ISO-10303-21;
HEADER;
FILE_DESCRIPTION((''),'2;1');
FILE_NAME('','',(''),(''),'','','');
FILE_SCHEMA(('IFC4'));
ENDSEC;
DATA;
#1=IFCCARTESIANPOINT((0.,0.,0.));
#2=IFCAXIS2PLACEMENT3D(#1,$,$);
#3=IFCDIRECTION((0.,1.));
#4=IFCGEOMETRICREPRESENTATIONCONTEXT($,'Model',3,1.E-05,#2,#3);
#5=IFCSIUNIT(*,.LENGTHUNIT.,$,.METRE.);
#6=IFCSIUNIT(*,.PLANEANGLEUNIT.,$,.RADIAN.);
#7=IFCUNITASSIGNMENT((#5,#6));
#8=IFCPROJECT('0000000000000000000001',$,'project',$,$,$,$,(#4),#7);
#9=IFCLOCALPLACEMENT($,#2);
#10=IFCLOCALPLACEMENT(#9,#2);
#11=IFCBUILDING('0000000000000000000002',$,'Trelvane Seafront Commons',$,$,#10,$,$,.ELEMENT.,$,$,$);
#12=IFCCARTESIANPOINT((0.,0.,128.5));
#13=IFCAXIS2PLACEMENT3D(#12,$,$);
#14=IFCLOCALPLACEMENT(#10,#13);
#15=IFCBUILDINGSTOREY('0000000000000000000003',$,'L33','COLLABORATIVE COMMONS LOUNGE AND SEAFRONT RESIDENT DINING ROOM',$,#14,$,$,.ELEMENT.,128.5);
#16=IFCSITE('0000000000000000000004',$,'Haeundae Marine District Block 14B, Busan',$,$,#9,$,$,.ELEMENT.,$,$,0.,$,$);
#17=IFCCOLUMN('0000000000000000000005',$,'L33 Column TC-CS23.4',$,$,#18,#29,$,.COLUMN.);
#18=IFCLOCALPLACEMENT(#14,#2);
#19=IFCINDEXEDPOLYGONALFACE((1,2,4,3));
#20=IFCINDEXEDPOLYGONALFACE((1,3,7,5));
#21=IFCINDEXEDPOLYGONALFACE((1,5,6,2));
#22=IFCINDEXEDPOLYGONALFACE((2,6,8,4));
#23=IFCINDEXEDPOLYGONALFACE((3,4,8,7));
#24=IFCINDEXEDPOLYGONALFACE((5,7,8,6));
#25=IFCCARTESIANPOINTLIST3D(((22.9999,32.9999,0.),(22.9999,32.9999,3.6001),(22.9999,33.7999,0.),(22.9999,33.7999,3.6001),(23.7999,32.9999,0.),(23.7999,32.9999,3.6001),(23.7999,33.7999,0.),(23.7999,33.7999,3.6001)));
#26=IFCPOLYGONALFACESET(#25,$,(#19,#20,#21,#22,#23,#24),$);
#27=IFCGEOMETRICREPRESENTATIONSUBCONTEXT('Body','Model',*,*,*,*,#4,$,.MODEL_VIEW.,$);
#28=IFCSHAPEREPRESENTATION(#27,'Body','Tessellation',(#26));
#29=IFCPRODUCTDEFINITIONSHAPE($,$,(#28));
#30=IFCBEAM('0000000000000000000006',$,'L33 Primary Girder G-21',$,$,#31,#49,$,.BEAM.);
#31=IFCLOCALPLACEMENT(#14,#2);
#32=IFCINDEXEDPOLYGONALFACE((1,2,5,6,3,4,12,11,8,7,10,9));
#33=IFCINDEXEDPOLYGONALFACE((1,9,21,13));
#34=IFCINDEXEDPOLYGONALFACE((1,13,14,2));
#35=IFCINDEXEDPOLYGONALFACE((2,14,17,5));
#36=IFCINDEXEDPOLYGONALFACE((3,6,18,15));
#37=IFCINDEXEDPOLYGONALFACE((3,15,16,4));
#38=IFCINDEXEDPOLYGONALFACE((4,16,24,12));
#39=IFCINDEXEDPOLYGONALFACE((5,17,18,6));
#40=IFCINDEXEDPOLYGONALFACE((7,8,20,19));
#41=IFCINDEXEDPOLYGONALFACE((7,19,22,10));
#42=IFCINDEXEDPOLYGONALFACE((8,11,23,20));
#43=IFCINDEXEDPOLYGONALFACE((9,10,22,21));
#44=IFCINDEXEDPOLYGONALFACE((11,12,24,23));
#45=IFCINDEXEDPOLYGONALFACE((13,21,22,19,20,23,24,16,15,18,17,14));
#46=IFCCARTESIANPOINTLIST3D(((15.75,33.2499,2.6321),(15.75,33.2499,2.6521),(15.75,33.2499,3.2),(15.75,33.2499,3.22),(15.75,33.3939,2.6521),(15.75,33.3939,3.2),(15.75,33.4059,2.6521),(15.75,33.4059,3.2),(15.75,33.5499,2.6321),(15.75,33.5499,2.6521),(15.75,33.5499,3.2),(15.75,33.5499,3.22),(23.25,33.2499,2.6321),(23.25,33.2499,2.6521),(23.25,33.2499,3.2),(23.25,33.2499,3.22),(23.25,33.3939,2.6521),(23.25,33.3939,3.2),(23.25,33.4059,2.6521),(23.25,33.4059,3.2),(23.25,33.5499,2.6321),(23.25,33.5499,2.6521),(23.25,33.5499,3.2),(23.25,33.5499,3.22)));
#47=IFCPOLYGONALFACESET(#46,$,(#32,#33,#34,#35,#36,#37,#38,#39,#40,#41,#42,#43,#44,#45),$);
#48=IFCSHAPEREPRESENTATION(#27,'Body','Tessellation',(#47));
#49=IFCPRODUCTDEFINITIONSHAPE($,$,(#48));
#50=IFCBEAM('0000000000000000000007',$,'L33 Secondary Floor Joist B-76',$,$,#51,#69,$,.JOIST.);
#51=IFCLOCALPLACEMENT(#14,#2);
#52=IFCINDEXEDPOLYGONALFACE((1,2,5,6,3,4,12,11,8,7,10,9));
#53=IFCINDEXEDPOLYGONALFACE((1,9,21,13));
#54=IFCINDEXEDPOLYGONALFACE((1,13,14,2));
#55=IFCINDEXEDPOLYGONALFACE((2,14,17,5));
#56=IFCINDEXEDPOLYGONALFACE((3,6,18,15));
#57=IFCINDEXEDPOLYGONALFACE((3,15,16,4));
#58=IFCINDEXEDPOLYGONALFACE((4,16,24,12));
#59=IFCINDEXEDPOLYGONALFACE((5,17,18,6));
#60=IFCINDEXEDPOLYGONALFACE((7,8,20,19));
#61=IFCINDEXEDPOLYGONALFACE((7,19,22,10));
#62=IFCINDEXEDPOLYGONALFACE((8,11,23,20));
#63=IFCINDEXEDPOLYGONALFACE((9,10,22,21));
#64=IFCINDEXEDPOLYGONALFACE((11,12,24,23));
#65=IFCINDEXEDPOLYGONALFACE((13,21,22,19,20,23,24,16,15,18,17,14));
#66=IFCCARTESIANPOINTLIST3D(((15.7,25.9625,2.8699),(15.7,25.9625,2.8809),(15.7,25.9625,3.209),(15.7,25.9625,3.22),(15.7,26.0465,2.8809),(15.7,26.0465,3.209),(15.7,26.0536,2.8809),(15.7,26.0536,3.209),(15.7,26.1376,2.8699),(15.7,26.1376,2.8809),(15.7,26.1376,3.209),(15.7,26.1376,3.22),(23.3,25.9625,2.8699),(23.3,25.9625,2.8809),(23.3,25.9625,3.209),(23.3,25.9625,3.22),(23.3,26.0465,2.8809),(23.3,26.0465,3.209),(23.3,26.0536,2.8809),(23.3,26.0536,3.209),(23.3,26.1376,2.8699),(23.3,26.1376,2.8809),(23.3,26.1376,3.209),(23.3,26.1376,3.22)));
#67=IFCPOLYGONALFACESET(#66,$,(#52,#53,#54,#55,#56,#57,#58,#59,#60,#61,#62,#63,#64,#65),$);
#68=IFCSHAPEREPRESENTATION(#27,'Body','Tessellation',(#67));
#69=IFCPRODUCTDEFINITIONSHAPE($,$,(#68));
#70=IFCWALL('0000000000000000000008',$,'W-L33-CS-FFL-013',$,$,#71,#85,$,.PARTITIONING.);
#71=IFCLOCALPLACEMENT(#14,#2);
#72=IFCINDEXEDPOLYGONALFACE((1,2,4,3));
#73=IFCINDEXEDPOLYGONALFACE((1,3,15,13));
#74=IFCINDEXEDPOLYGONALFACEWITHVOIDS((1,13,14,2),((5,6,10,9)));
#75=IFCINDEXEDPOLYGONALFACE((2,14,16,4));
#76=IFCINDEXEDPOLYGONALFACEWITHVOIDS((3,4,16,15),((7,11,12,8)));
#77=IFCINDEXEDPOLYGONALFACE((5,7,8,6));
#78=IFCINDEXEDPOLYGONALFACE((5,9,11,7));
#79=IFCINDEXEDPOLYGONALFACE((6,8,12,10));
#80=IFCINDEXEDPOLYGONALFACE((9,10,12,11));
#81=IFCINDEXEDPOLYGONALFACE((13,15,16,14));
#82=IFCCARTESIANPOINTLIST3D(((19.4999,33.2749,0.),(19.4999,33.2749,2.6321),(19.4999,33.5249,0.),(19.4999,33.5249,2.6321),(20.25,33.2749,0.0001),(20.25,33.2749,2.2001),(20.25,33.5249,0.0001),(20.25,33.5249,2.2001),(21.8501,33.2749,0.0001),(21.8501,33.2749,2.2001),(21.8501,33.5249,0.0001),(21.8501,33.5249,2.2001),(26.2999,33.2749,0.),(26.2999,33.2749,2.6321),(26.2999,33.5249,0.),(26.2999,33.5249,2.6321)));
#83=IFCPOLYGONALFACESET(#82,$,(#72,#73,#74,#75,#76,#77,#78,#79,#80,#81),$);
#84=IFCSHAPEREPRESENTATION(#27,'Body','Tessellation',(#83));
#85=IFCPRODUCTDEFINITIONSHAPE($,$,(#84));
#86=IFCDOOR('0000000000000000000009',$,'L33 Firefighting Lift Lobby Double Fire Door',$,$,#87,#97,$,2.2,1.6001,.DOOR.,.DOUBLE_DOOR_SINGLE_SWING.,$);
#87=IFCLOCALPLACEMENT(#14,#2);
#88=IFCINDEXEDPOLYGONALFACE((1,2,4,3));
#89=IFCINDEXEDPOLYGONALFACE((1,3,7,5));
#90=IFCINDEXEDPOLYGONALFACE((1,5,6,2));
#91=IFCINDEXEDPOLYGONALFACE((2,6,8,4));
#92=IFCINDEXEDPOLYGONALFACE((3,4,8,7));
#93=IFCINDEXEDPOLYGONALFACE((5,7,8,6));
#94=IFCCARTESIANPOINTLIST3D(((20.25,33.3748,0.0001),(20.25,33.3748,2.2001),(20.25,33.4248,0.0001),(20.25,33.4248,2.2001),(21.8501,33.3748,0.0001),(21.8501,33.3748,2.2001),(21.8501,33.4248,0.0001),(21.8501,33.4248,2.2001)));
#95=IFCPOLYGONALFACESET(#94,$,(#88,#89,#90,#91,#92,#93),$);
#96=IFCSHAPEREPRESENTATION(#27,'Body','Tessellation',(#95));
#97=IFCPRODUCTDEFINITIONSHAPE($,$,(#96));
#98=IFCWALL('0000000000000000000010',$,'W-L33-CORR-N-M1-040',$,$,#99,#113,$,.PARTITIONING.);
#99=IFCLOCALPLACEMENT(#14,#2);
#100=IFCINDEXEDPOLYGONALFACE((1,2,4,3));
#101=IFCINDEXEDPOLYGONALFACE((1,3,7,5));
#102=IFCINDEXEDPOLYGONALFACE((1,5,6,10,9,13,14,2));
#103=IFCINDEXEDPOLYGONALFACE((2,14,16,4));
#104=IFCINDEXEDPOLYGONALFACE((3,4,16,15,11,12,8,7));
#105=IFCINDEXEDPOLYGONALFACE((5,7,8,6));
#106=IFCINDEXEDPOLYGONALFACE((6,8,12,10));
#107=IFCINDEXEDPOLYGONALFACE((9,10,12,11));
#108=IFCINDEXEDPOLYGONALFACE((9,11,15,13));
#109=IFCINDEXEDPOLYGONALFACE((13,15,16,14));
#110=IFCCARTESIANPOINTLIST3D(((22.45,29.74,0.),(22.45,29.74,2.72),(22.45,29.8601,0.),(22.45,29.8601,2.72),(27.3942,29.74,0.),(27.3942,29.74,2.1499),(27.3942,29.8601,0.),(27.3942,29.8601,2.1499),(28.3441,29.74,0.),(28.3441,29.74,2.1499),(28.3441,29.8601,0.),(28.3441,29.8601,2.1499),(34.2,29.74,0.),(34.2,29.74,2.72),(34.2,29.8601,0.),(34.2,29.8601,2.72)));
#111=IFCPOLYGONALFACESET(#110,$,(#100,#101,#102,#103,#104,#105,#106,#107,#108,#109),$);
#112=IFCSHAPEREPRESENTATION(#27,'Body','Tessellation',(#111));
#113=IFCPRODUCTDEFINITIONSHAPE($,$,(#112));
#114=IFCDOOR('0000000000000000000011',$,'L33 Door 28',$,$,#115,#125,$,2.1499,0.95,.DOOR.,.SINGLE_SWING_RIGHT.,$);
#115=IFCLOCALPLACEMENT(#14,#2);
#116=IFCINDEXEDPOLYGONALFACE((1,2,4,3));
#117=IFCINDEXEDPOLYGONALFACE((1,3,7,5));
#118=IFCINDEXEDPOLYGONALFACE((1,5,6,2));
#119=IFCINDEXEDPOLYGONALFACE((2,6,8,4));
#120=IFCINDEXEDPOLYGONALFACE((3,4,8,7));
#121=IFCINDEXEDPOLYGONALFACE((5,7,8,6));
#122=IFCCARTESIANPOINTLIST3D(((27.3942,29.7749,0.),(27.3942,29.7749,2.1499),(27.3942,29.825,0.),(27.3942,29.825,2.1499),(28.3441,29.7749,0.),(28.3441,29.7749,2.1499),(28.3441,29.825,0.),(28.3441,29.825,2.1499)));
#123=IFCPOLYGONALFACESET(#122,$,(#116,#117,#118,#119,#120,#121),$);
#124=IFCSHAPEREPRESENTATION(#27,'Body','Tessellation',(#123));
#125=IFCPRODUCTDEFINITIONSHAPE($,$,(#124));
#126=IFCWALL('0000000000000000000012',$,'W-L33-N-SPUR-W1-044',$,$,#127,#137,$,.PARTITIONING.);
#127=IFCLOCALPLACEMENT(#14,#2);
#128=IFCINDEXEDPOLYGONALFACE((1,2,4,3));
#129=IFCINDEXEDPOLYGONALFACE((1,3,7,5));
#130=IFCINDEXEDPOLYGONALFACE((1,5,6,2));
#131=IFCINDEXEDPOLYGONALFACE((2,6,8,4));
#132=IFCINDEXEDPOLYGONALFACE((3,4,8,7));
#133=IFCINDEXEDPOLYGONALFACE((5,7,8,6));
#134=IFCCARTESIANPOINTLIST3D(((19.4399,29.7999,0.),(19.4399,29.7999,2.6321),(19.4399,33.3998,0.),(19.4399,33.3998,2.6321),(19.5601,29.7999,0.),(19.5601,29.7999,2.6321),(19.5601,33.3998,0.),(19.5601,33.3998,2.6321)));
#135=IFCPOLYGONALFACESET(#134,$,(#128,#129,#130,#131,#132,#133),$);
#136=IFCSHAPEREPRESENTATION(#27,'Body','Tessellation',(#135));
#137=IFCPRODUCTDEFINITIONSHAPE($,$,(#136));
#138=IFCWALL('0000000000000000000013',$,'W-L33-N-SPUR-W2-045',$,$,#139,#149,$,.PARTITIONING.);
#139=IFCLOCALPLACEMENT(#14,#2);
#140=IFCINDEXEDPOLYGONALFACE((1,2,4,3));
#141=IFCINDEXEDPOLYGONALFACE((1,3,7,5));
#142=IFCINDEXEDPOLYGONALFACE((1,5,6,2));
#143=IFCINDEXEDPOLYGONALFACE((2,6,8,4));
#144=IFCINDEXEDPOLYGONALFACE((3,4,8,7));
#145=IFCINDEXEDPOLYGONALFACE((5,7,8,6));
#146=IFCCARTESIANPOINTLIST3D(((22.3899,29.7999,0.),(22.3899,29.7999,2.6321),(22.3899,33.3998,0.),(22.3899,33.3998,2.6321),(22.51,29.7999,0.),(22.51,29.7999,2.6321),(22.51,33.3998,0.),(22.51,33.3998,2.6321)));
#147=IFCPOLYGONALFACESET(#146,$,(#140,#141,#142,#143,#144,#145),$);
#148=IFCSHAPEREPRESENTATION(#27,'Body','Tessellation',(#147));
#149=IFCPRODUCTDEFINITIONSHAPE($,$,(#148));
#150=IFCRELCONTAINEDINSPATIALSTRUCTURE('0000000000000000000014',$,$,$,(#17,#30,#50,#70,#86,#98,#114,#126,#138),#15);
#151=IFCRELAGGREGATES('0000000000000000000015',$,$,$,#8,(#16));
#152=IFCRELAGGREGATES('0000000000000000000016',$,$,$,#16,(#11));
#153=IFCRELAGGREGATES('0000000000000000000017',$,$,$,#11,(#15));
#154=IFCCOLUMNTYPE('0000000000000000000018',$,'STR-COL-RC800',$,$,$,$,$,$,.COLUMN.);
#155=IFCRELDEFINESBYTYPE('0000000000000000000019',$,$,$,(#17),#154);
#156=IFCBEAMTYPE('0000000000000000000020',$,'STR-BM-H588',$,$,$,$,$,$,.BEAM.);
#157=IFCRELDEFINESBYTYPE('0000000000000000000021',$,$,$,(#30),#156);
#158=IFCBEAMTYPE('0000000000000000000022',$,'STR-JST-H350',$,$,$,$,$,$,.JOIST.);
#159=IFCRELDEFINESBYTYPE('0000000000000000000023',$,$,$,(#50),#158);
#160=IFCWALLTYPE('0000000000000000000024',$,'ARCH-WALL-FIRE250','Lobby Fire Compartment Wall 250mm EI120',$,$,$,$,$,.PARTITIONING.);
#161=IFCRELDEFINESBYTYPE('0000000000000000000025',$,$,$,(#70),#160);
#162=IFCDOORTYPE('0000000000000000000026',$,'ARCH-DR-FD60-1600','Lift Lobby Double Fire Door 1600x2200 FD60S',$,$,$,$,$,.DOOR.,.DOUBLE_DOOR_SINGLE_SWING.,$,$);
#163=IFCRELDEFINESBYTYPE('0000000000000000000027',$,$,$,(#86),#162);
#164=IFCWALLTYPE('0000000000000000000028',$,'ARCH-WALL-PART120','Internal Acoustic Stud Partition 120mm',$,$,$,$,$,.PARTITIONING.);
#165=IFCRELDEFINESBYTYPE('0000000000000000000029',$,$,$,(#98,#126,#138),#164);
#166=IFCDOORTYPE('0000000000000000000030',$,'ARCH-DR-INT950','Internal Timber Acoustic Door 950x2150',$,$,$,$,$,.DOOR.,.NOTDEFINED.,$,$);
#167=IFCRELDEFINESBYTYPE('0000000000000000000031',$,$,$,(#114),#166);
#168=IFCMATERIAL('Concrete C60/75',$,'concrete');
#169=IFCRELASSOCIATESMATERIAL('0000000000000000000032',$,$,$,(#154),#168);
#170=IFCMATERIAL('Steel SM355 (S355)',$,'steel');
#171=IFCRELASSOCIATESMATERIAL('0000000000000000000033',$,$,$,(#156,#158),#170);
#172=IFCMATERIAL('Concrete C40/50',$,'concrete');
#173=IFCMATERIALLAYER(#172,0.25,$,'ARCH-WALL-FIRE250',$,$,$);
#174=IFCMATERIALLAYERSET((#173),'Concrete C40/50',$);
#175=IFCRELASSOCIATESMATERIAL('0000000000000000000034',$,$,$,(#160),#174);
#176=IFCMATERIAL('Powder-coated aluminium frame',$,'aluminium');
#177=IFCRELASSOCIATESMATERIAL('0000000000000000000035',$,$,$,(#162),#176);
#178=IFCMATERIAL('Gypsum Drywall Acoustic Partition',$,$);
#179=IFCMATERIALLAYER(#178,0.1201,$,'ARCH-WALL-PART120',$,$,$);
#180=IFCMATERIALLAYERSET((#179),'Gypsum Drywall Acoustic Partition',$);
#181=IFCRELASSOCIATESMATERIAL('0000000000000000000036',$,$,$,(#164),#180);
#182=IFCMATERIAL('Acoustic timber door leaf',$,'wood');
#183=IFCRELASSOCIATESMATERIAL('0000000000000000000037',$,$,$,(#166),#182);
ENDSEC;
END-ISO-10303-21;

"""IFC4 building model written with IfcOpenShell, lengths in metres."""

from ifc_helpers import new_model, si_unit, direction, frame, frame_2d, origin, origin_2d, place, context, subcontext, project, spatial, rectangle, i_section, extrude, source, transform, mapped, material, layer, layer_set, material_profile, profile_set, type_object, element, fill, save


model = new_model("IFC4")

# Units and contexts
model_context = context("Model", 3, precision=1e-05, world=origin(), true_north=direction((0.0, 1.0)))
body_context = subcontext(model_context, "Body", "Model", "MODEL_VIEW")
ifc_project = project(units=[si_unit("LENGTHUNIT", "METRE"), si_unit("PLANEANGLEUNIT", "RADIAN")], contexts=[model_context])

# Site, building, storey
site_placement = place(None, origin())
site = spatial("IfcSite", under=ifc_project, at=site_placement, Name="Haeundae Marine District Block 14B, Busan", CompositionType="ELEMENT", RefElevation=0.0)
building_placement = place(site_placement, origin())
building = spatial("IfcBuilding", under=site, at=building_placement, Name="Trelvane Seafront Commons", CompositionType="ELEMENT")
storey_placement = place(building_placement, frame((0.0, 0.0, 128.5)))
storey = spatial("IfcBuildingStorey", under=building, at=storey_placement, Name="L33", Description="COLLABORATIVE COMMONS LOUNGE AND SEAFRONT RESIDENT DINING ROOM", CompositionType="ELEMENT", Elevation=128.5)

# Column
ifc_material_1 = material(Name="Concrete C60/75", Category="concrete")
ifc_material_profile_1 = material_profile(ifc_material_1, rectangle(XDim=0.8, YDim=0.8, at=origin_2d()), Name="RC-800x800")
ifc_profile_set_1 = profile_set([ifc_material_profile_1], Name="Concrete C60/75")
column_type = type_object("IfcColumnType", Name="STR-COL-RC800", PredefinedType="COLUMN", material=ifc_profile_set_1)
shared_shape_1 = source(origin(), body_context, "Body", "SweptSolid", [
    extrude(rectangle(XDim=0.8, YDim=0.8, at=origin_2d()), origin(), (0.0, 0.0, 1.0), 3.6001),
])
column_placement = place(storey_placement, frame((23.3999, 33.3999, 0.0), z_axis=(0.0, 0.0, 1.0), x_axis=(1.0, 0.0, 0.0)))
element("IfcColumn", 1, at=column_placement, inside=storey, type_object=column_type, Name="L33 Column TC-CS23.4", PredefinedType="COLUMN", context=body_context, shape_type="MappedRepresentation", body=[
    mapped(shared_shape_1, transform((0.0, 0.0, 0.0), x_axis=(1.0, 0.0, 0.0), y_axis=(0.0, 1.0, 0.0), z_axis=(0.0, 0.0, 1.0), scale=1.0)),
])

# Beams
ifc_material_2 = material(Name="Steel SM355 (S355)", Category="steel")
ifc_material_profile_2 = material_profile(ifc_material_2, i_section(OverallWidth=0.3, OverallDepth=0.5879, WebThickness=0.012, FlangeThickness=0.02, at=origin_2d()), Name="H-588x300x12x20")
ifc_profile_set_2 = profile_set([ifc_material_profile_2], Name="Steel SM355 (S355)")
beam_type_1 = type_object("IfcBeamType", Name="STR-BM-H588", PredefinedType="BEAM", material=ifc_profile_set_2)
shared_shape_2 = source(origin(), body_context, "Body", "SweptSolid", [
    extrude(i_section(OverallWidth=0.3, OverallDepth=0.5879, WebThickness=0.012, FlangeThickness=0.02, at=origin_2d()), origin(), (0.0, 0.0, 1.0), 7.5),
])
beam_1_placement = place(storey_placement, frame((15.75, 33.3999, 2.926), z_axis=(1.0, 0.0, 0.0), x_axis=(0.0, 1.0, 0.0)))
element("IfcBeam", 2, at=beam_1_placement, inside=storey, type_object=beam_type_1, Name="L33 Primary Girder G-21", PredefinedType="BEAM", context=body_context, shape_type="MappedRepresentation", body=[
    mapped(shared_shape_2, transform((0.0, 0.0, 0.0), x_axis=(1.0, 0.0, 0.0), y_axis=(0.0, 1.0, 0.0), z_axis=(0.0, 0.0, 1.0), scale=1.0)),
])
ifc_material_profile_3 = material_profile(ifc_material_2, i_section(OverallWidth=0.175, OverallDepth=0.3501, WebThickness=0.0071, FlangeThickness=0.011, at=origin_2d()), Name="H-350x175x7x11")
ifc_profile_set_3 = profile_set([ifc_material_profile_3], Name="Steel SM355 (S355)")
beam_type_2 = type_object("IfcBeamType", Name="STR-JST-H350", PredefinedType="JOIST", material=ifc_profile_set_3)
shared_shape_3 = source(origin(), body_context, "Body", "SweptSolid", [
    extrude(i_section(OverallWidth=0.175, OverallDepth=0.3501, WebThickness=0.0071, FlangeThickness=0.011, at=origin_2d()), origin(), (0.0, 0.0, 1.0), 7.6001),
])
beam_2_placement = place(storey_placement, frame((15.7, 26.05, 3.0449), z_axis=(1.0, 0.0, 0.0), x_axis=(0.0, 1.0, 0.0)))
element("IfcBeam", 3, at=beam_2_placement, inside=storey, type_object=beam_type_2, Name="L33 Secondary Floor Joist B-76", PredefinedType="JOIST", context=body_context, shape_type="MappedRepresentation", body=[
    mapped(shared_shape_3, transform((0.0, 0.0, 0.0), x_axis=(1.0, 0.0, 0.0), y_axis=(0.0, 1.0, 0.0), z_axis=(0.0, 0.0, 1.0), scale=1.0)),
])

# Walls, openings, doors
ifc_material_3 = material(Name="Concrete C40/50", Category="concrete")
ifc_layer_1 = layer(ifc_material_3, 0.25, Name="ARCH-WALL-FIRE250")
ifc_layer_set_1 = layer_set([ifc_layer_1], Name="Concrete C40/50")
wall_type_1 = type_object("IfcWallType", Name="ARCH-WALL-FIRE250", Description="Lobby Fire Compartment Wall 250mm EI120", PredefinedType="PARTITIONING", material=ifc_layer_set_1)
wall_1_placement = place(storey_placement, frame((19.5, 33.3999, 0.0), z_axis=(0.0, 0.0, 1.0), x_axis=(1.0, 0.0, 0.0)))
wall_1 = element("IfcWall", 4, at=wall_1_placement, inside=storey, type_object=wall_type_1, Name="W-L33-CS-FFL-013", PredefinedType="PARTITIONING", context=body_context, shape_type="SweptSolid", body=[
    extrude(rectangle(XDim=6.8, YDim=0.25, at=frame_2d((3.3999, 0.0))), origin(), (0.0, 0.0, 1.0), 2.6321),
])
opening_1_placement = place(wall_1_placement, frame((0.75, 0.0, 0.0)))
opening_1 = element("IfcOpeningElement", 5, at=opening_1_placement, cuts=wall_1, PredefinedType="OPENING", context=body_context, shape_type="SweptSolid", body=[
    extrude(rectangle(XDim=1.6001, YDim=2.2, at=frame_2d((0.8, 1.1001))), frame((0.0, 0.135, 0.0), z_axis=(0.0, -1.0, 0.0), x_axis=(1.0, 0.0, 0.0)), (0.0, 0.0, 1.0), 0.27),
])
ifc_material_4 = material(Name="Powder-coated aluminium frame", Category="aluminium")
door_type_1 = type_object("IfcDoorType", Name="ARCH-DR-FD60-1600", Description="Lift Lobby Double Fire Door 1600x2200 FD60S", OperationType="DOUBLE_DOOR_SINGLE_SWING", PredefinedType="DOOR", material=ifc_material_4)
shared_shape_4 = source(origin(), body_context, "Body", "SweptSolid", [
    extrude(rectangle(XDim=1.6001, YDim=2.2, at=frame_2d((0.8, 1.1001))), frame((0.0, 0.0249, 0.0), z_axis=(0.0, -1.0, 0.0), x_axis=(1.0, 0.0, 0.0)), (0.0, 0.0, 1.0), 0.05),
])
door_1_placement = place(opening_1_placement, origin())
door_1 = element("IfcDoor", 6, at=door_1_placement, inside=storey, type_object=door_type_1, Name="L33 Firefighting Lift Lobby Double Fire Door", OperationType="DOUBLE_DOOR_SINGLE_SWING", OverallHeight=2.2, OverallWidth=1.6001, PredefinedType="DOOR", context=body_context, shape_type="MappedRepresentation", body=[
    mapped(shared_shape_4, transform((0.0, 0.0, 0.0), x_axis=(1.0, 0.0, 0.0), y_axis=(0.0, 1.0, 0.0), z_axis=(0.0, 0.0, 1.0), scale=1.0)),
])
fill(opening_1, door_1)
ifc_material_5 = material(Name="Gypsum Drywall Acoustic Partition")
ifc_layer_2 = layer(ifc_material_5, 0.1201, Name="ARCH-WALL-PART120")
ifc_layer_set_2 = layer_set([ifc_layer_2], Name="Gypsum Drywall Acoustic Partition")
wall_type_2 = type_object("IfcWallType", Name="ARCH-WALL-PART120", Description="Internal Acoustic Stud Partition 120mm", PredefinedType="PARTITIONING", material=ifc_layer_set_2)
wall_2_placement = place(storey_placement, frame((22.45, 29.8, 0.0), z_axis=(0.0, 0.0, 1.0), x_axis=(1.0, 0.0, 0.0)))
wall_2 = element("IfcWall", 7, at=wall_2_placement, inside=storey, type_object=wall_type_2, Name="W-L33-CORR-N-M1-040", PredefinedType="PARTITIONING", context=body_context, shape_type="SweptSolid", body=[
    extrude(rectangle(XDim=11.75, YDim=0.1201, at=frame_2d((5.875, 0.0))), origin(), (0.0, 0.0, 1.0), 2.72),
])
opening_2_placement = place(wall_2_placement, frame((4.9441, 0.0, 0.0)))
opening_2 = element("IfcOpeningElement", 8, at=opening_2_placement, cuts=wall_2, PredefinedType="OPENING", context=body_context, shape_type="SweptSolid", body=[
    extrude(rectangle(XDim=0.95, YDim=2.1499, at=frame_2d((0.4751, 1.075))), frame((0.0, 0.0701, 0.0), z_axis=(0.0, -1.0, 0.0), x_axis=(1.0, 0.0, 0.0)), (0.0, 0.0, 1.0), 0.1401),
])
ifc_material_6 = material(Name="Acoustic timber door leaf", Category="wood")
door_type_2 = type_object("IfcDoorType", Name="ARCH-DR-INT950", Description="Internal Timber Acoustic Door 950x2150", OperationType="NOTDEFINED", PredefinedType="DOOR", material=ifc_material_6)
shared_shape_5 = source(origin(), body_context, "Body", "SweptSolid", [
    extrude(rectangle(XDim=0.95, YDim=2.1499, at=frame_2d((0.4751, 1.075))), frame((0.0, 0.0249, 0.0), z_axis=(0.0, -1.0, 0.0), x_axis=(1.0, 0.0, 0.0)), (0.0, 0.0, 1.0), 0.05),
])
door_2_placement = place(opening_2_placement, origin())
door_2 = element("IfcDoor", 9, at=door_2_placement, inside=storey, type_object=door_type_2, Name="L33 Door 28", OperationType="SINGLE_SWING_RIGHT", OverallHeight=2.1499, OverallWidth=0.95, PredefinedType="DOOR", context=body_context, shape_type="MappedRepresentation", body=[
    mapped(shared_shape_5, transform((0.0, 0.0, 0.0), x_axis=(1.0, 0.0, 0.0), y_axis=(0.0, 1.0, 0.0), z_axis=(0.0, 0.0, 1.0), scale=1.0)),
])
fill(opening_2, door_2)

# Walls
for number, where, z_axis, x_axis, name in (
    (10, (19.5, 29.8, 0.0), (0.0, 0.0, 1.0), (0.0, 1.0, 0.0), "W-L33-N-SPUR-W1-044"),
    (11, (22.45, 29.8, 0.0), (0.0, 0.0, 1.0), (0.0, 1.0, 0.0), "W-L33-N-SPUR-W2-045"),
):
    element("IfcWall", number, at=place(storey_placement, frame(where, z_axis=z_axis, x_axis=x_axis)), inside=storey, type_object=wall_type_2, Name=name, PredefinedType="PARTITIONING", context=body_context, shape_type="SweptSolid", body=[
        extrude(rectangle(XDim=3.5999, YDim=0.1201, at=frame_2d((1.7998, 0.0))), origin(), (0.0, 0.0, 1.0), 2.6321),
    ])

save(model, "model.ifc")
